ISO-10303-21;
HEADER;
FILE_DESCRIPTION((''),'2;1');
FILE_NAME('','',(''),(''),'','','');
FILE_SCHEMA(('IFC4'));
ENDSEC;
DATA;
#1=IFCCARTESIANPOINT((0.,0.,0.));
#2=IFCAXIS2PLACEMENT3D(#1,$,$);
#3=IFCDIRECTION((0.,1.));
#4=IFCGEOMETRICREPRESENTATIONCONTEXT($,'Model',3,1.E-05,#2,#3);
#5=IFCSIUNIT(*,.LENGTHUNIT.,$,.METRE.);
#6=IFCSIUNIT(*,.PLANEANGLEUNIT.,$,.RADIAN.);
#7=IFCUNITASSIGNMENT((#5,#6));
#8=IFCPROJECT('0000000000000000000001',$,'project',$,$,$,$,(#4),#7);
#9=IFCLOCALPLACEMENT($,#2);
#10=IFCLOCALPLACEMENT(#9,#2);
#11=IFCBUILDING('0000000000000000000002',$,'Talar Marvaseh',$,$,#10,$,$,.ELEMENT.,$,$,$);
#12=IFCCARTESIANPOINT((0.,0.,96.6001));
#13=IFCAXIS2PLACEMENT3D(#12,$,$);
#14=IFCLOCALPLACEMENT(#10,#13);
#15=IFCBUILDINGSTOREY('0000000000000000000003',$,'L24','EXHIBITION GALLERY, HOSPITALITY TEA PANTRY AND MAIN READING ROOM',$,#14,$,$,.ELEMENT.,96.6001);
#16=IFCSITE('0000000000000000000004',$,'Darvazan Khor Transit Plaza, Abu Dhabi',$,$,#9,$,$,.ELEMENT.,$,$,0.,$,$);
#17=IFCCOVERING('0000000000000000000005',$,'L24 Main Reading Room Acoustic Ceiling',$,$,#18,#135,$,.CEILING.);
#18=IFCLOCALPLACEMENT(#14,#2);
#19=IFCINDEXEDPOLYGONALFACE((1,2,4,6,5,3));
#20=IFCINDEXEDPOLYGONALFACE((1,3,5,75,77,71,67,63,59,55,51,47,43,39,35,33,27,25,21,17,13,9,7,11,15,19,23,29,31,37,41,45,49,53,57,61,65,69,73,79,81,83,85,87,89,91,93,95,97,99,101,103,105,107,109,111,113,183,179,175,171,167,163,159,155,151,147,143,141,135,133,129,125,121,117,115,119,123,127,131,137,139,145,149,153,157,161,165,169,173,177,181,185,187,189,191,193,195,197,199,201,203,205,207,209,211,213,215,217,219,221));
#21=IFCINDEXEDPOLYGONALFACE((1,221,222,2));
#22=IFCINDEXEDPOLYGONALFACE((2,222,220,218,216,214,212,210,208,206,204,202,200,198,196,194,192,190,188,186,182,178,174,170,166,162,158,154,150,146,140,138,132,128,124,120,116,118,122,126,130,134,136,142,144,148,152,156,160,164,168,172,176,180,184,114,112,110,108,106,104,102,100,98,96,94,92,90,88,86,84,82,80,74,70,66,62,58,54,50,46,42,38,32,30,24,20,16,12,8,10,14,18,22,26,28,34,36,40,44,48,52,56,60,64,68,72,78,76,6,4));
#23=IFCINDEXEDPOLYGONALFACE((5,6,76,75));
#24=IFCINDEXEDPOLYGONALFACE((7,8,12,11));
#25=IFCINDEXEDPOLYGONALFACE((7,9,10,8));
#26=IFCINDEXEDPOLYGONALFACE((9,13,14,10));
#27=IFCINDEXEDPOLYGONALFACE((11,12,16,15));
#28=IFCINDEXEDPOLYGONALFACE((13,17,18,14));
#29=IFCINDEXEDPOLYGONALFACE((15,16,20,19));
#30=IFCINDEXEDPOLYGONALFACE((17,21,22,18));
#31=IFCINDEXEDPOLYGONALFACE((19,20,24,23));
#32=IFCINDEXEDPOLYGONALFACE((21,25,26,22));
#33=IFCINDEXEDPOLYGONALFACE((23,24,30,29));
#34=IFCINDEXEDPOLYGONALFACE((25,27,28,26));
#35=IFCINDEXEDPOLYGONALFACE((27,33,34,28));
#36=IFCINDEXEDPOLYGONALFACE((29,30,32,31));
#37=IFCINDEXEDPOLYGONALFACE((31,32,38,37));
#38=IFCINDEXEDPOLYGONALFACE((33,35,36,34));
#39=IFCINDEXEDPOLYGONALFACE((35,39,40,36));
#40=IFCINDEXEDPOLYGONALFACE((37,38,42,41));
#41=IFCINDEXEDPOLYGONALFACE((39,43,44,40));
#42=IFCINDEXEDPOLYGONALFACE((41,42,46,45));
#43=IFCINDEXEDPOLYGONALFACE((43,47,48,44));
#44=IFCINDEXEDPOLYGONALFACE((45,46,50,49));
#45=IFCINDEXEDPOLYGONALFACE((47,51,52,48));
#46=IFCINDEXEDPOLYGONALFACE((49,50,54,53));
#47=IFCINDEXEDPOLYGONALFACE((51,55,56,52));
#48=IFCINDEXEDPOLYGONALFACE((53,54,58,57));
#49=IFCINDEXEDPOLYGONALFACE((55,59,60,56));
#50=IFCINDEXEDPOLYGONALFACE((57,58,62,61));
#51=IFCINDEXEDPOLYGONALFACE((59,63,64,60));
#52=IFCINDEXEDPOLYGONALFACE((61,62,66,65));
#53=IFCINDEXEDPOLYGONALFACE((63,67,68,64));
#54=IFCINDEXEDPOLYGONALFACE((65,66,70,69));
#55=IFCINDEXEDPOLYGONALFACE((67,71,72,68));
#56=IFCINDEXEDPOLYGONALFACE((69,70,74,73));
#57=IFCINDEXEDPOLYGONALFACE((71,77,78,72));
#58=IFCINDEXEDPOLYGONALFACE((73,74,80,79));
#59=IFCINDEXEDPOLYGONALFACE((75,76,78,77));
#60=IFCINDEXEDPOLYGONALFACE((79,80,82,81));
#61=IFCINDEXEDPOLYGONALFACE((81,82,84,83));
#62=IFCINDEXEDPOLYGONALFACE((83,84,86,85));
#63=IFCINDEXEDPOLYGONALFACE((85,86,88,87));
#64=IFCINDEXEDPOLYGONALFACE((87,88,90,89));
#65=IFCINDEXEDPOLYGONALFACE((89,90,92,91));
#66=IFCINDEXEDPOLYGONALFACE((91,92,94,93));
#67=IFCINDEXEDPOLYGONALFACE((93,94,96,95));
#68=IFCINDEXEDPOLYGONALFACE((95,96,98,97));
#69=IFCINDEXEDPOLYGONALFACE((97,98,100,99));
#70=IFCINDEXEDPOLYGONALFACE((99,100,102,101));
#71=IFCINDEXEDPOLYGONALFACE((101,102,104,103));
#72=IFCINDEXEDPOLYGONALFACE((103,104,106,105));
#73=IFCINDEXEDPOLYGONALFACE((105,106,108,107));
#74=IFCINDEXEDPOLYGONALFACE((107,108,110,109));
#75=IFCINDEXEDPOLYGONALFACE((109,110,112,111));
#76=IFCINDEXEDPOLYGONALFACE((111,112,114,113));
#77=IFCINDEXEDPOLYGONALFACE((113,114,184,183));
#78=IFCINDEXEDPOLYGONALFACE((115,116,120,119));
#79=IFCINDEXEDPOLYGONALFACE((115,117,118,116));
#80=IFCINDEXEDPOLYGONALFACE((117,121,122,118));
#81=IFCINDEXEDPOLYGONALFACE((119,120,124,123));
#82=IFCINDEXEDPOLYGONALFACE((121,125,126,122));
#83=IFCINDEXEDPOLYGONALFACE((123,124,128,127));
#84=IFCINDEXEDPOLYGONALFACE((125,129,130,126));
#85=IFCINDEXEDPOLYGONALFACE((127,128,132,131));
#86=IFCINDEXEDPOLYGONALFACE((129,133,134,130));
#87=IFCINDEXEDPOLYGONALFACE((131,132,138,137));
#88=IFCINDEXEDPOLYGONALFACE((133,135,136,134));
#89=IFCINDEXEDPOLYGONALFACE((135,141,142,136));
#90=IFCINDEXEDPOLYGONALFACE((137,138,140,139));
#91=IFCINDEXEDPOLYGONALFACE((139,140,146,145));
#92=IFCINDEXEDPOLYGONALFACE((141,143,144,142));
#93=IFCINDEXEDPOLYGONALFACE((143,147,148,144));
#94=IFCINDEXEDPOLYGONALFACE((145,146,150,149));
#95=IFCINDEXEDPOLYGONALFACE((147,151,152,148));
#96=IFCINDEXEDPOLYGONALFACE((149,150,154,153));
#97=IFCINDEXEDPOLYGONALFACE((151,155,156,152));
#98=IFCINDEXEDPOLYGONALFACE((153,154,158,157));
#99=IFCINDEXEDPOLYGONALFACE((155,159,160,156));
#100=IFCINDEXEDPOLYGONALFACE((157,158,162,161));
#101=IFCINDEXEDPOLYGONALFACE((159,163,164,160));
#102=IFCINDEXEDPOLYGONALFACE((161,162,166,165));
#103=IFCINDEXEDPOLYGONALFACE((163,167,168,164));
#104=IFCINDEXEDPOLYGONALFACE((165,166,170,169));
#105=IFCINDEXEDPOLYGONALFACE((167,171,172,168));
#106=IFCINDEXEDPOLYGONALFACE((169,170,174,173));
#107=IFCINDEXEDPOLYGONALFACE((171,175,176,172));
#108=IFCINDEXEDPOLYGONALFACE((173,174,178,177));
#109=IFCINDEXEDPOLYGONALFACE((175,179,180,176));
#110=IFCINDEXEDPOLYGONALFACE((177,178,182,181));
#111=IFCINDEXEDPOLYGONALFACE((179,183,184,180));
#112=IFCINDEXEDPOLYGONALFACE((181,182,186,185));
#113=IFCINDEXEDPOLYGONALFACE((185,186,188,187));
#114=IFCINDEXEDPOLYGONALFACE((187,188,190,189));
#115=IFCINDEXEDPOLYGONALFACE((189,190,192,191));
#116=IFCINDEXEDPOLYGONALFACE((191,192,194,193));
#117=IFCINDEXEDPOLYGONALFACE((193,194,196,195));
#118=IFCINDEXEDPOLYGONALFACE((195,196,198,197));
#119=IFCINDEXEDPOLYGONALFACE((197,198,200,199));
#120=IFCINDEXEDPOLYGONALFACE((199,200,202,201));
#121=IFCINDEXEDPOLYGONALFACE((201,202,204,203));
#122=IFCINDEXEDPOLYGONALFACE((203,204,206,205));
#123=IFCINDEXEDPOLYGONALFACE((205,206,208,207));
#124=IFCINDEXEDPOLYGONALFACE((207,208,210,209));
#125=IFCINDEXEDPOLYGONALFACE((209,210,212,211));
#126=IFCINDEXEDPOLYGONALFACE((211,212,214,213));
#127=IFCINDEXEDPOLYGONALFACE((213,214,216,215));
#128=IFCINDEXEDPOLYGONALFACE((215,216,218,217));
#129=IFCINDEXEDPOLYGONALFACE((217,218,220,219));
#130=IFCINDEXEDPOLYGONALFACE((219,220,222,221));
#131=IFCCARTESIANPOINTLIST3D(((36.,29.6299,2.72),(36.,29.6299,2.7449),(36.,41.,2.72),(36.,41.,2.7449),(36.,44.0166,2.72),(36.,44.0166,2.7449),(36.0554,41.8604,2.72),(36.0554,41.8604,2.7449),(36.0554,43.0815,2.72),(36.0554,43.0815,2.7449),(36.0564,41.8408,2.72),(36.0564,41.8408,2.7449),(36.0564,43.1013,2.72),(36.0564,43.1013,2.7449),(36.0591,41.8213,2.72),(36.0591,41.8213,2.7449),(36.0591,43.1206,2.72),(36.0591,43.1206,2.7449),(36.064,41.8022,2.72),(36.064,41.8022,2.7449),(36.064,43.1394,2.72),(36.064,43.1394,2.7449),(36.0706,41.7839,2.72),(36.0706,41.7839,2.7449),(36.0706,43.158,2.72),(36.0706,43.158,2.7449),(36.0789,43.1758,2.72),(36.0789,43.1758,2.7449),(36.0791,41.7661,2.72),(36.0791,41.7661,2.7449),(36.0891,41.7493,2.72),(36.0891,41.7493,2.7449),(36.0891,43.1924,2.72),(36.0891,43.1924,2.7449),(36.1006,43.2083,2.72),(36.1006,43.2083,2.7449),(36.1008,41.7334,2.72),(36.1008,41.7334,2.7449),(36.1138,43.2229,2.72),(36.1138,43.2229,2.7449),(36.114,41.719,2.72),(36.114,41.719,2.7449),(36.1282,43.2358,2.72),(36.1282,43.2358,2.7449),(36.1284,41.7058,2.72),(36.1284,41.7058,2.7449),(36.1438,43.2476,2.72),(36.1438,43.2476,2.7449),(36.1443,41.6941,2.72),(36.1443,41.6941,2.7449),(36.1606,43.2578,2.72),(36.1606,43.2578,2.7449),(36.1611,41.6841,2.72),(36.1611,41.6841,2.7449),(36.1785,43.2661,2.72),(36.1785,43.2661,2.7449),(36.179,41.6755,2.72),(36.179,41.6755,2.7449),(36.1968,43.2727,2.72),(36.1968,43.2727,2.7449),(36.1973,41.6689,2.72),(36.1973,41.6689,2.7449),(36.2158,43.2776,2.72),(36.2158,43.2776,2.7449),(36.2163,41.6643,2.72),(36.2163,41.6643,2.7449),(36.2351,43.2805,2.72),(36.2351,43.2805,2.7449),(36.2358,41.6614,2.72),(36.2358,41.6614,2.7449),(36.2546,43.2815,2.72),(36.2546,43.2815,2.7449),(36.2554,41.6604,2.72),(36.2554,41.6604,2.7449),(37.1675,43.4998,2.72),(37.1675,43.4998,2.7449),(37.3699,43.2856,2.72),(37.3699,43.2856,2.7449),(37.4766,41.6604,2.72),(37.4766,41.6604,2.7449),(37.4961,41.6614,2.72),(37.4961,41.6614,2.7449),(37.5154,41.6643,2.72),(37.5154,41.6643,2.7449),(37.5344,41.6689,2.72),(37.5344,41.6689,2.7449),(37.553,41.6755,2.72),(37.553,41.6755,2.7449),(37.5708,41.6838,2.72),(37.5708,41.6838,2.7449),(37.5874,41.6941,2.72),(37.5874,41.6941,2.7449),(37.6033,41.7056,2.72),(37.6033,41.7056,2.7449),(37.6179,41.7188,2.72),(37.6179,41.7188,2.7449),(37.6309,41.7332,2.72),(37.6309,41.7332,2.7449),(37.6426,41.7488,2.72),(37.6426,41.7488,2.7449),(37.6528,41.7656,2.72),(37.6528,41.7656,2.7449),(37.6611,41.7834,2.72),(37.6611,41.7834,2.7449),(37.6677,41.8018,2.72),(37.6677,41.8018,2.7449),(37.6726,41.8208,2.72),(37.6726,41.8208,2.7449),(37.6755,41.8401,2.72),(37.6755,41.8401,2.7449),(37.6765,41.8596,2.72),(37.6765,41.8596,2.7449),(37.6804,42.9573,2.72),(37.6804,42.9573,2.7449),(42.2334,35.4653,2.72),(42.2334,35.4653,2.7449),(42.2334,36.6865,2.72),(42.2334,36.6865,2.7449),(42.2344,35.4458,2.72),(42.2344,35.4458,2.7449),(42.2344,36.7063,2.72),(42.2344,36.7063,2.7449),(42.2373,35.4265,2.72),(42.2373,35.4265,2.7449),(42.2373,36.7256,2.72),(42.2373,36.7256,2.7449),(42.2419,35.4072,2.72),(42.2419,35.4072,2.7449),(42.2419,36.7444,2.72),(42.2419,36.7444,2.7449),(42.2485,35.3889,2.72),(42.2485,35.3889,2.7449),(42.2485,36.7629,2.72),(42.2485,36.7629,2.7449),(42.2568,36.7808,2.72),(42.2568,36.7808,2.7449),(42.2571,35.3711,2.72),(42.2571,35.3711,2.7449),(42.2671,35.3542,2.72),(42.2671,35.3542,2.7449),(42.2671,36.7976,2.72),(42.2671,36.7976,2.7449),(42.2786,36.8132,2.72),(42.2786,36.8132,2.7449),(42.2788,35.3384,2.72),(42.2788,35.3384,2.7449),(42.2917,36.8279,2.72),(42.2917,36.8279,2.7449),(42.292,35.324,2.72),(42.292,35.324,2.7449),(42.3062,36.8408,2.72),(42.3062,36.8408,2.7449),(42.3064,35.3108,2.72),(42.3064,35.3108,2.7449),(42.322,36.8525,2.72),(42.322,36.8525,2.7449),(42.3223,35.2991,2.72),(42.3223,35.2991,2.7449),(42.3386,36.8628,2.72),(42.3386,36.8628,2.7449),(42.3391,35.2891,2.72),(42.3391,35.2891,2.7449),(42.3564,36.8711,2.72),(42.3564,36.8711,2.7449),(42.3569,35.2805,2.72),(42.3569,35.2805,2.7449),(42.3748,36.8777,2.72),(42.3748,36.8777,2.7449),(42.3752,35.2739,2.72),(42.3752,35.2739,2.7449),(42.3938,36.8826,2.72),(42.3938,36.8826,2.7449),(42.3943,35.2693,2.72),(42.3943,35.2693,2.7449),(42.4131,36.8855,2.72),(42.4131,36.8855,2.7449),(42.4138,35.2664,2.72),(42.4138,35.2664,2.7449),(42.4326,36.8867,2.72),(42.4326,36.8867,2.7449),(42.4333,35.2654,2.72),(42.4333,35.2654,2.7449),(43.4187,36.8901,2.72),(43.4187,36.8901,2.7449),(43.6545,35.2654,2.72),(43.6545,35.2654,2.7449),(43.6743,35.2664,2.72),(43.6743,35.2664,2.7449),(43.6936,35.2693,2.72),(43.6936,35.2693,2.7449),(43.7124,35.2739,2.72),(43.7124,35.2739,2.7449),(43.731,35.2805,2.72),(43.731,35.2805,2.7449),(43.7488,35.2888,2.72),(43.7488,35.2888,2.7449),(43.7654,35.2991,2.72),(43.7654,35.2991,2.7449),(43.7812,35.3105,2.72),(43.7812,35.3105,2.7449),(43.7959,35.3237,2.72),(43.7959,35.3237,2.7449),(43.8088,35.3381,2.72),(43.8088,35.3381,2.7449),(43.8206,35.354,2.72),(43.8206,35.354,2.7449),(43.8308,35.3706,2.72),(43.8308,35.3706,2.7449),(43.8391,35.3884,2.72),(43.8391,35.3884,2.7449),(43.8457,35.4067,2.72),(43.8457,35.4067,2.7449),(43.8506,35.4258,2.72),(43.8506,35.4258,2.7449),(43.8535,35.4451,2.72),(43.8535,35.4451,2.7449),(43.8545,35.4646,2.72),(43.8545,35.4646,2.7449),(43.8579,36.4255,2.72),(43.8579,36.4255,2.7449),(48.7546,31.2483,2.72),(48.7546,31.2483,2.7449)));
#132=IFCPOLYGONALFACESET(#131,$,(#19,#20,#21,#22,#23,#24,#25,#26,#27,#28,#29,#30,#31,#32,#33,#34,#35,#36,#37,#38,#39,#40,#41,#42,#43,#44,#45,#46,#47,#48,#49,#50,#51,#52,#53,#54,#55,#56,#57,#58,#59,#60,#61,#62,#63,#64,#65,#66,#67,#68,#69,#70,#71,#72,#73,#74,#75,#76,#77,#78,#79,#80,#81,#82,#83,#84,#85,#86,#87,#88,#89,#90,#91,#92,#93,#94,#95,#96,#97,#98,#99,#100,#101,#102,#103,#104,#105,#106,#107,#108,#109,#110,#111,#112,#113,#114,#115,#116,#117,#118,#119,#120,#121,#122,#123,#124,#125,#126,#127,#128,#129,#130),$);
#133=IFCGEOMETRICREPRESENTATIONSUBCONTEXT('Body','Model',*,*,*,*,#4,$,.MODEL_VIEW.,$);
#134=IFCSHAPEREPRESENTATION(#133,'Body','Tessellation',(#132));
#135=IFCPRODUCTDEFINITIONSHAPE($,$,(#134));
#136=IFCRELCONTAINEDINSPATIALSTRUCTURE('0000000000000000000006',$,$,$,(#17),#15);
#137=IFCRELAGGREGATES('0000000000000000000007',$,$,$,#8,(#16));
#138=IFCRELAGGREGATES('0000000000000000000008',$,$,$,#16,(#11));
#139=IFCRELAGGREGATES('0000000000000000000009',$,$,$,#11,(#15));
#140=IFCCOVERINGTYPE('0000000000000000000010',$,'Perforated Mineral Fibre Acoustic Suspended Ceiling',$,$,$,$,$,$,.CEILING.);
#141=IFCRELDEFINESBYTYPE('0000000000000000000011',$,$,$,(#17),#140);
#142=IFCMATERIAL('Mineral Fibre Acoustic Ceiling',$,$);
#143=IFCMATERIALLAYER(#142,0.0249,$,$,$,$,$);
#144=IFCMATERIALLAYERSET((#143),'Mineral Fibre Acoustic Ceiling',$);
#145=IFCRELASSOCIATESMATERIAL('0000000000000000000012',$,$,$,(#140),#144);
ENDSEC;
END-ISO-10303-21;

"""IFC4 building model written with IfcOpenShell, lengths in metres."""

from ifc_helpers import new_model, si_unit, direction, frame, origin, place, context, subcontext, project, spatial, polyline, outline, extrude, material, layer, layer_set, type_object, element, save


model = new_model("IFC4")

# Units and contexts
model_context = context("Model", 3, precision=1e-05, world=origin(), true_north=direction((0.0, 1.0)))
body_context = subcontext(model_context, "Body", "Model", "MODEL_VIEW")
ifc_project = project(units=[si_unit("LENGTHUNIT", "METRE"), si_unit("PLANEANGLEUNIT", "RADIAN")], contexts=[model_context])

# Site, building, storey
site_placement = place(None, origin())
site = spatial("IfcSite", under=ifc_project, at=site_placement, Name="Darvazan Khor Transit Plaza, Abu Dhabi", CompositionType="ELEMENT", RefElevation=0.0)
building_placement = place(site_placement, origin())
building = spatial("IfcBuilding", under=site, at=building_placement, Name="Talar Marvaseh", CompositionType="ELEMENT")
storey_placement = place(building_placement, frame((0.0, 0.0, 96.6001)))
storey = spatial("IfcBuildingStorey", under=building, at=storey_placement, Name="L24", Description="EXHIBITION GALLERY, HOSPITALITY TEA PANTRY AND MAIN READING ROOM", CompositionType="ELEMENT", Elevation=96.6001)

# Covering
ifc_material_1 = material(Name="Mineral Fibre Acoustic Ceiling")
ifc_layer_1 = layer(ifc_material_1, 0.0249)
ifc_layer_set_1 = layer_set([ifc_layer_1], Name="Mineral Fibre Acoustic Ceiling")
covering_type_1 = type_object("IfcCoveringType", Name="Perforated Mineral Fibre Acoustic Suspended Ceiling", PredefinedType="CEILING", material=ifc_layer_set_1)
covering_1_placement = place(storey_placement, frame((0.0, 0.0, 2.72)))
element("IfcCovering", 1, at=covering_1_placement, inside=storey, type_object=covering_type_1, Name="L24 Main Reading Room Acoustic Ceiling", PredefinedType="CEILING", context=body_context, shape_type="SweptSolid", body=[
    extrude(outline(polyline([(36.0, 44.0166), (37.1675, 43.4998), (37.3699, 43.2856), (36.2546, 43.2815), (36.2351, 43.2805), (36.2158, 43.2776), (36.1968, 43.2727), (36.1785, 43.2661), (36.1606, 43.2578), (36.1438, 43.2476), (36.1282, 43.2358), (36.1138, 43.2229), (36.1006, 43.2083), (36.0891, 43.1924), (36.0789, 43.1758), (36.0706, 43.158), (36.064, 43.1394), (36.0591, 43.1206), (36.0564, 43.1013), (36.0554, 43.0815), (36.0554, 41.8604), (36.0564, 41.8408), (36.0591, 41.8213), (36.064, 41.8022), (36.0706, 41.7839), (36.0791, 41.7661), (36.0891, 41.7493), (36.1008, 41.7334), (36.114, 41.719), (36.1284, 41.7058), (36.1443, 41.6941), (36.1611, 41.6841), (36.179, 41.6755), (36.1973, 41.6689), (36.2163, 41.6643), (36.2358, 41.6614), (36.2554, 41.6604), (37.4766, 41.6604), (37.4961, 41.6614), (37.5154, 41.6643), (37.5344, 41.6689), (37.553, 41.6755), (37.5708, 41.6838), (37.5874, 41.6941), (37.6033, 41.7056), (37.6179, 41.7188), (37.6309, 41.7332), (37.6426, 41.7488), (37.6528, 41.7656), (37.6611, 41.7834), (37.6677, 41.8018), (37.6726, 41.8208), (37.6755, 41.8401), (37.6765, 41.8596), (37.6804, 42.9573), (43.4187, 36.8901), (42.4326, 36.8867), (42.4131, 36.8855), (42.3938, 36.8826), (42.3748, 36.8777), (42.3564, 36.8711), (42.3386, 36.8628), (42.322, 36.8525), (42.3062, 36.8408), (42.2917, 36.8279), (42.2786, 36.8132), (42.2671, 36.7976), (42.2568, 36.7808), (42.2485, 36.7629), (42.2419, 36.7444), (42.2373, 36.7256), (42.2344, 36.7063), (42.2334, 36.6865), (42.2334, 35.4653), (42.2344, 35.4458), (42.2373, 35.4265), (42.2419, 35.4072), (42.2485, 35.3889), (42.2571, 35.3711), (42.2671, 35.3542), (42.2788, 35.3384), (42.292, 35.324), (42.3064, 35.3108), (42.3223, 35.2991), (42.3391, 35.2891), (42.3569, 35.2805), (42.3752, 35.2739), (42.3943, 35.2693), (42.4138, 35.2664), (42.4333, 35.2654), (43.6545, 35.2654), (43.6743, 35.2664), (43.6936, 35.2693), (43.7124, 35.2739), (43.731, 35.2805), (43.7488, 35.2888), (43.7654, 35.2991), (43.7812, 35.3105), (43.7959, 35.3237), (43.8088, 35.3381), (43.8206, 35.354), (43.8308, 35.3706), (43.8391, 35.3884), (43.8457, 35.4067), (43.8506, 35.4258), (43.8535, 35.4451), (43.8545, 35.4646), (43.8579, 36.4255), (48.7546, 31.2483), (36.0, 29.6299), (36.0, 41.0), (36.0, 44.0166)])), origin(), (0.0, 0.0, 1.0), 0.0249),
])

save(model, "model.ifc")
